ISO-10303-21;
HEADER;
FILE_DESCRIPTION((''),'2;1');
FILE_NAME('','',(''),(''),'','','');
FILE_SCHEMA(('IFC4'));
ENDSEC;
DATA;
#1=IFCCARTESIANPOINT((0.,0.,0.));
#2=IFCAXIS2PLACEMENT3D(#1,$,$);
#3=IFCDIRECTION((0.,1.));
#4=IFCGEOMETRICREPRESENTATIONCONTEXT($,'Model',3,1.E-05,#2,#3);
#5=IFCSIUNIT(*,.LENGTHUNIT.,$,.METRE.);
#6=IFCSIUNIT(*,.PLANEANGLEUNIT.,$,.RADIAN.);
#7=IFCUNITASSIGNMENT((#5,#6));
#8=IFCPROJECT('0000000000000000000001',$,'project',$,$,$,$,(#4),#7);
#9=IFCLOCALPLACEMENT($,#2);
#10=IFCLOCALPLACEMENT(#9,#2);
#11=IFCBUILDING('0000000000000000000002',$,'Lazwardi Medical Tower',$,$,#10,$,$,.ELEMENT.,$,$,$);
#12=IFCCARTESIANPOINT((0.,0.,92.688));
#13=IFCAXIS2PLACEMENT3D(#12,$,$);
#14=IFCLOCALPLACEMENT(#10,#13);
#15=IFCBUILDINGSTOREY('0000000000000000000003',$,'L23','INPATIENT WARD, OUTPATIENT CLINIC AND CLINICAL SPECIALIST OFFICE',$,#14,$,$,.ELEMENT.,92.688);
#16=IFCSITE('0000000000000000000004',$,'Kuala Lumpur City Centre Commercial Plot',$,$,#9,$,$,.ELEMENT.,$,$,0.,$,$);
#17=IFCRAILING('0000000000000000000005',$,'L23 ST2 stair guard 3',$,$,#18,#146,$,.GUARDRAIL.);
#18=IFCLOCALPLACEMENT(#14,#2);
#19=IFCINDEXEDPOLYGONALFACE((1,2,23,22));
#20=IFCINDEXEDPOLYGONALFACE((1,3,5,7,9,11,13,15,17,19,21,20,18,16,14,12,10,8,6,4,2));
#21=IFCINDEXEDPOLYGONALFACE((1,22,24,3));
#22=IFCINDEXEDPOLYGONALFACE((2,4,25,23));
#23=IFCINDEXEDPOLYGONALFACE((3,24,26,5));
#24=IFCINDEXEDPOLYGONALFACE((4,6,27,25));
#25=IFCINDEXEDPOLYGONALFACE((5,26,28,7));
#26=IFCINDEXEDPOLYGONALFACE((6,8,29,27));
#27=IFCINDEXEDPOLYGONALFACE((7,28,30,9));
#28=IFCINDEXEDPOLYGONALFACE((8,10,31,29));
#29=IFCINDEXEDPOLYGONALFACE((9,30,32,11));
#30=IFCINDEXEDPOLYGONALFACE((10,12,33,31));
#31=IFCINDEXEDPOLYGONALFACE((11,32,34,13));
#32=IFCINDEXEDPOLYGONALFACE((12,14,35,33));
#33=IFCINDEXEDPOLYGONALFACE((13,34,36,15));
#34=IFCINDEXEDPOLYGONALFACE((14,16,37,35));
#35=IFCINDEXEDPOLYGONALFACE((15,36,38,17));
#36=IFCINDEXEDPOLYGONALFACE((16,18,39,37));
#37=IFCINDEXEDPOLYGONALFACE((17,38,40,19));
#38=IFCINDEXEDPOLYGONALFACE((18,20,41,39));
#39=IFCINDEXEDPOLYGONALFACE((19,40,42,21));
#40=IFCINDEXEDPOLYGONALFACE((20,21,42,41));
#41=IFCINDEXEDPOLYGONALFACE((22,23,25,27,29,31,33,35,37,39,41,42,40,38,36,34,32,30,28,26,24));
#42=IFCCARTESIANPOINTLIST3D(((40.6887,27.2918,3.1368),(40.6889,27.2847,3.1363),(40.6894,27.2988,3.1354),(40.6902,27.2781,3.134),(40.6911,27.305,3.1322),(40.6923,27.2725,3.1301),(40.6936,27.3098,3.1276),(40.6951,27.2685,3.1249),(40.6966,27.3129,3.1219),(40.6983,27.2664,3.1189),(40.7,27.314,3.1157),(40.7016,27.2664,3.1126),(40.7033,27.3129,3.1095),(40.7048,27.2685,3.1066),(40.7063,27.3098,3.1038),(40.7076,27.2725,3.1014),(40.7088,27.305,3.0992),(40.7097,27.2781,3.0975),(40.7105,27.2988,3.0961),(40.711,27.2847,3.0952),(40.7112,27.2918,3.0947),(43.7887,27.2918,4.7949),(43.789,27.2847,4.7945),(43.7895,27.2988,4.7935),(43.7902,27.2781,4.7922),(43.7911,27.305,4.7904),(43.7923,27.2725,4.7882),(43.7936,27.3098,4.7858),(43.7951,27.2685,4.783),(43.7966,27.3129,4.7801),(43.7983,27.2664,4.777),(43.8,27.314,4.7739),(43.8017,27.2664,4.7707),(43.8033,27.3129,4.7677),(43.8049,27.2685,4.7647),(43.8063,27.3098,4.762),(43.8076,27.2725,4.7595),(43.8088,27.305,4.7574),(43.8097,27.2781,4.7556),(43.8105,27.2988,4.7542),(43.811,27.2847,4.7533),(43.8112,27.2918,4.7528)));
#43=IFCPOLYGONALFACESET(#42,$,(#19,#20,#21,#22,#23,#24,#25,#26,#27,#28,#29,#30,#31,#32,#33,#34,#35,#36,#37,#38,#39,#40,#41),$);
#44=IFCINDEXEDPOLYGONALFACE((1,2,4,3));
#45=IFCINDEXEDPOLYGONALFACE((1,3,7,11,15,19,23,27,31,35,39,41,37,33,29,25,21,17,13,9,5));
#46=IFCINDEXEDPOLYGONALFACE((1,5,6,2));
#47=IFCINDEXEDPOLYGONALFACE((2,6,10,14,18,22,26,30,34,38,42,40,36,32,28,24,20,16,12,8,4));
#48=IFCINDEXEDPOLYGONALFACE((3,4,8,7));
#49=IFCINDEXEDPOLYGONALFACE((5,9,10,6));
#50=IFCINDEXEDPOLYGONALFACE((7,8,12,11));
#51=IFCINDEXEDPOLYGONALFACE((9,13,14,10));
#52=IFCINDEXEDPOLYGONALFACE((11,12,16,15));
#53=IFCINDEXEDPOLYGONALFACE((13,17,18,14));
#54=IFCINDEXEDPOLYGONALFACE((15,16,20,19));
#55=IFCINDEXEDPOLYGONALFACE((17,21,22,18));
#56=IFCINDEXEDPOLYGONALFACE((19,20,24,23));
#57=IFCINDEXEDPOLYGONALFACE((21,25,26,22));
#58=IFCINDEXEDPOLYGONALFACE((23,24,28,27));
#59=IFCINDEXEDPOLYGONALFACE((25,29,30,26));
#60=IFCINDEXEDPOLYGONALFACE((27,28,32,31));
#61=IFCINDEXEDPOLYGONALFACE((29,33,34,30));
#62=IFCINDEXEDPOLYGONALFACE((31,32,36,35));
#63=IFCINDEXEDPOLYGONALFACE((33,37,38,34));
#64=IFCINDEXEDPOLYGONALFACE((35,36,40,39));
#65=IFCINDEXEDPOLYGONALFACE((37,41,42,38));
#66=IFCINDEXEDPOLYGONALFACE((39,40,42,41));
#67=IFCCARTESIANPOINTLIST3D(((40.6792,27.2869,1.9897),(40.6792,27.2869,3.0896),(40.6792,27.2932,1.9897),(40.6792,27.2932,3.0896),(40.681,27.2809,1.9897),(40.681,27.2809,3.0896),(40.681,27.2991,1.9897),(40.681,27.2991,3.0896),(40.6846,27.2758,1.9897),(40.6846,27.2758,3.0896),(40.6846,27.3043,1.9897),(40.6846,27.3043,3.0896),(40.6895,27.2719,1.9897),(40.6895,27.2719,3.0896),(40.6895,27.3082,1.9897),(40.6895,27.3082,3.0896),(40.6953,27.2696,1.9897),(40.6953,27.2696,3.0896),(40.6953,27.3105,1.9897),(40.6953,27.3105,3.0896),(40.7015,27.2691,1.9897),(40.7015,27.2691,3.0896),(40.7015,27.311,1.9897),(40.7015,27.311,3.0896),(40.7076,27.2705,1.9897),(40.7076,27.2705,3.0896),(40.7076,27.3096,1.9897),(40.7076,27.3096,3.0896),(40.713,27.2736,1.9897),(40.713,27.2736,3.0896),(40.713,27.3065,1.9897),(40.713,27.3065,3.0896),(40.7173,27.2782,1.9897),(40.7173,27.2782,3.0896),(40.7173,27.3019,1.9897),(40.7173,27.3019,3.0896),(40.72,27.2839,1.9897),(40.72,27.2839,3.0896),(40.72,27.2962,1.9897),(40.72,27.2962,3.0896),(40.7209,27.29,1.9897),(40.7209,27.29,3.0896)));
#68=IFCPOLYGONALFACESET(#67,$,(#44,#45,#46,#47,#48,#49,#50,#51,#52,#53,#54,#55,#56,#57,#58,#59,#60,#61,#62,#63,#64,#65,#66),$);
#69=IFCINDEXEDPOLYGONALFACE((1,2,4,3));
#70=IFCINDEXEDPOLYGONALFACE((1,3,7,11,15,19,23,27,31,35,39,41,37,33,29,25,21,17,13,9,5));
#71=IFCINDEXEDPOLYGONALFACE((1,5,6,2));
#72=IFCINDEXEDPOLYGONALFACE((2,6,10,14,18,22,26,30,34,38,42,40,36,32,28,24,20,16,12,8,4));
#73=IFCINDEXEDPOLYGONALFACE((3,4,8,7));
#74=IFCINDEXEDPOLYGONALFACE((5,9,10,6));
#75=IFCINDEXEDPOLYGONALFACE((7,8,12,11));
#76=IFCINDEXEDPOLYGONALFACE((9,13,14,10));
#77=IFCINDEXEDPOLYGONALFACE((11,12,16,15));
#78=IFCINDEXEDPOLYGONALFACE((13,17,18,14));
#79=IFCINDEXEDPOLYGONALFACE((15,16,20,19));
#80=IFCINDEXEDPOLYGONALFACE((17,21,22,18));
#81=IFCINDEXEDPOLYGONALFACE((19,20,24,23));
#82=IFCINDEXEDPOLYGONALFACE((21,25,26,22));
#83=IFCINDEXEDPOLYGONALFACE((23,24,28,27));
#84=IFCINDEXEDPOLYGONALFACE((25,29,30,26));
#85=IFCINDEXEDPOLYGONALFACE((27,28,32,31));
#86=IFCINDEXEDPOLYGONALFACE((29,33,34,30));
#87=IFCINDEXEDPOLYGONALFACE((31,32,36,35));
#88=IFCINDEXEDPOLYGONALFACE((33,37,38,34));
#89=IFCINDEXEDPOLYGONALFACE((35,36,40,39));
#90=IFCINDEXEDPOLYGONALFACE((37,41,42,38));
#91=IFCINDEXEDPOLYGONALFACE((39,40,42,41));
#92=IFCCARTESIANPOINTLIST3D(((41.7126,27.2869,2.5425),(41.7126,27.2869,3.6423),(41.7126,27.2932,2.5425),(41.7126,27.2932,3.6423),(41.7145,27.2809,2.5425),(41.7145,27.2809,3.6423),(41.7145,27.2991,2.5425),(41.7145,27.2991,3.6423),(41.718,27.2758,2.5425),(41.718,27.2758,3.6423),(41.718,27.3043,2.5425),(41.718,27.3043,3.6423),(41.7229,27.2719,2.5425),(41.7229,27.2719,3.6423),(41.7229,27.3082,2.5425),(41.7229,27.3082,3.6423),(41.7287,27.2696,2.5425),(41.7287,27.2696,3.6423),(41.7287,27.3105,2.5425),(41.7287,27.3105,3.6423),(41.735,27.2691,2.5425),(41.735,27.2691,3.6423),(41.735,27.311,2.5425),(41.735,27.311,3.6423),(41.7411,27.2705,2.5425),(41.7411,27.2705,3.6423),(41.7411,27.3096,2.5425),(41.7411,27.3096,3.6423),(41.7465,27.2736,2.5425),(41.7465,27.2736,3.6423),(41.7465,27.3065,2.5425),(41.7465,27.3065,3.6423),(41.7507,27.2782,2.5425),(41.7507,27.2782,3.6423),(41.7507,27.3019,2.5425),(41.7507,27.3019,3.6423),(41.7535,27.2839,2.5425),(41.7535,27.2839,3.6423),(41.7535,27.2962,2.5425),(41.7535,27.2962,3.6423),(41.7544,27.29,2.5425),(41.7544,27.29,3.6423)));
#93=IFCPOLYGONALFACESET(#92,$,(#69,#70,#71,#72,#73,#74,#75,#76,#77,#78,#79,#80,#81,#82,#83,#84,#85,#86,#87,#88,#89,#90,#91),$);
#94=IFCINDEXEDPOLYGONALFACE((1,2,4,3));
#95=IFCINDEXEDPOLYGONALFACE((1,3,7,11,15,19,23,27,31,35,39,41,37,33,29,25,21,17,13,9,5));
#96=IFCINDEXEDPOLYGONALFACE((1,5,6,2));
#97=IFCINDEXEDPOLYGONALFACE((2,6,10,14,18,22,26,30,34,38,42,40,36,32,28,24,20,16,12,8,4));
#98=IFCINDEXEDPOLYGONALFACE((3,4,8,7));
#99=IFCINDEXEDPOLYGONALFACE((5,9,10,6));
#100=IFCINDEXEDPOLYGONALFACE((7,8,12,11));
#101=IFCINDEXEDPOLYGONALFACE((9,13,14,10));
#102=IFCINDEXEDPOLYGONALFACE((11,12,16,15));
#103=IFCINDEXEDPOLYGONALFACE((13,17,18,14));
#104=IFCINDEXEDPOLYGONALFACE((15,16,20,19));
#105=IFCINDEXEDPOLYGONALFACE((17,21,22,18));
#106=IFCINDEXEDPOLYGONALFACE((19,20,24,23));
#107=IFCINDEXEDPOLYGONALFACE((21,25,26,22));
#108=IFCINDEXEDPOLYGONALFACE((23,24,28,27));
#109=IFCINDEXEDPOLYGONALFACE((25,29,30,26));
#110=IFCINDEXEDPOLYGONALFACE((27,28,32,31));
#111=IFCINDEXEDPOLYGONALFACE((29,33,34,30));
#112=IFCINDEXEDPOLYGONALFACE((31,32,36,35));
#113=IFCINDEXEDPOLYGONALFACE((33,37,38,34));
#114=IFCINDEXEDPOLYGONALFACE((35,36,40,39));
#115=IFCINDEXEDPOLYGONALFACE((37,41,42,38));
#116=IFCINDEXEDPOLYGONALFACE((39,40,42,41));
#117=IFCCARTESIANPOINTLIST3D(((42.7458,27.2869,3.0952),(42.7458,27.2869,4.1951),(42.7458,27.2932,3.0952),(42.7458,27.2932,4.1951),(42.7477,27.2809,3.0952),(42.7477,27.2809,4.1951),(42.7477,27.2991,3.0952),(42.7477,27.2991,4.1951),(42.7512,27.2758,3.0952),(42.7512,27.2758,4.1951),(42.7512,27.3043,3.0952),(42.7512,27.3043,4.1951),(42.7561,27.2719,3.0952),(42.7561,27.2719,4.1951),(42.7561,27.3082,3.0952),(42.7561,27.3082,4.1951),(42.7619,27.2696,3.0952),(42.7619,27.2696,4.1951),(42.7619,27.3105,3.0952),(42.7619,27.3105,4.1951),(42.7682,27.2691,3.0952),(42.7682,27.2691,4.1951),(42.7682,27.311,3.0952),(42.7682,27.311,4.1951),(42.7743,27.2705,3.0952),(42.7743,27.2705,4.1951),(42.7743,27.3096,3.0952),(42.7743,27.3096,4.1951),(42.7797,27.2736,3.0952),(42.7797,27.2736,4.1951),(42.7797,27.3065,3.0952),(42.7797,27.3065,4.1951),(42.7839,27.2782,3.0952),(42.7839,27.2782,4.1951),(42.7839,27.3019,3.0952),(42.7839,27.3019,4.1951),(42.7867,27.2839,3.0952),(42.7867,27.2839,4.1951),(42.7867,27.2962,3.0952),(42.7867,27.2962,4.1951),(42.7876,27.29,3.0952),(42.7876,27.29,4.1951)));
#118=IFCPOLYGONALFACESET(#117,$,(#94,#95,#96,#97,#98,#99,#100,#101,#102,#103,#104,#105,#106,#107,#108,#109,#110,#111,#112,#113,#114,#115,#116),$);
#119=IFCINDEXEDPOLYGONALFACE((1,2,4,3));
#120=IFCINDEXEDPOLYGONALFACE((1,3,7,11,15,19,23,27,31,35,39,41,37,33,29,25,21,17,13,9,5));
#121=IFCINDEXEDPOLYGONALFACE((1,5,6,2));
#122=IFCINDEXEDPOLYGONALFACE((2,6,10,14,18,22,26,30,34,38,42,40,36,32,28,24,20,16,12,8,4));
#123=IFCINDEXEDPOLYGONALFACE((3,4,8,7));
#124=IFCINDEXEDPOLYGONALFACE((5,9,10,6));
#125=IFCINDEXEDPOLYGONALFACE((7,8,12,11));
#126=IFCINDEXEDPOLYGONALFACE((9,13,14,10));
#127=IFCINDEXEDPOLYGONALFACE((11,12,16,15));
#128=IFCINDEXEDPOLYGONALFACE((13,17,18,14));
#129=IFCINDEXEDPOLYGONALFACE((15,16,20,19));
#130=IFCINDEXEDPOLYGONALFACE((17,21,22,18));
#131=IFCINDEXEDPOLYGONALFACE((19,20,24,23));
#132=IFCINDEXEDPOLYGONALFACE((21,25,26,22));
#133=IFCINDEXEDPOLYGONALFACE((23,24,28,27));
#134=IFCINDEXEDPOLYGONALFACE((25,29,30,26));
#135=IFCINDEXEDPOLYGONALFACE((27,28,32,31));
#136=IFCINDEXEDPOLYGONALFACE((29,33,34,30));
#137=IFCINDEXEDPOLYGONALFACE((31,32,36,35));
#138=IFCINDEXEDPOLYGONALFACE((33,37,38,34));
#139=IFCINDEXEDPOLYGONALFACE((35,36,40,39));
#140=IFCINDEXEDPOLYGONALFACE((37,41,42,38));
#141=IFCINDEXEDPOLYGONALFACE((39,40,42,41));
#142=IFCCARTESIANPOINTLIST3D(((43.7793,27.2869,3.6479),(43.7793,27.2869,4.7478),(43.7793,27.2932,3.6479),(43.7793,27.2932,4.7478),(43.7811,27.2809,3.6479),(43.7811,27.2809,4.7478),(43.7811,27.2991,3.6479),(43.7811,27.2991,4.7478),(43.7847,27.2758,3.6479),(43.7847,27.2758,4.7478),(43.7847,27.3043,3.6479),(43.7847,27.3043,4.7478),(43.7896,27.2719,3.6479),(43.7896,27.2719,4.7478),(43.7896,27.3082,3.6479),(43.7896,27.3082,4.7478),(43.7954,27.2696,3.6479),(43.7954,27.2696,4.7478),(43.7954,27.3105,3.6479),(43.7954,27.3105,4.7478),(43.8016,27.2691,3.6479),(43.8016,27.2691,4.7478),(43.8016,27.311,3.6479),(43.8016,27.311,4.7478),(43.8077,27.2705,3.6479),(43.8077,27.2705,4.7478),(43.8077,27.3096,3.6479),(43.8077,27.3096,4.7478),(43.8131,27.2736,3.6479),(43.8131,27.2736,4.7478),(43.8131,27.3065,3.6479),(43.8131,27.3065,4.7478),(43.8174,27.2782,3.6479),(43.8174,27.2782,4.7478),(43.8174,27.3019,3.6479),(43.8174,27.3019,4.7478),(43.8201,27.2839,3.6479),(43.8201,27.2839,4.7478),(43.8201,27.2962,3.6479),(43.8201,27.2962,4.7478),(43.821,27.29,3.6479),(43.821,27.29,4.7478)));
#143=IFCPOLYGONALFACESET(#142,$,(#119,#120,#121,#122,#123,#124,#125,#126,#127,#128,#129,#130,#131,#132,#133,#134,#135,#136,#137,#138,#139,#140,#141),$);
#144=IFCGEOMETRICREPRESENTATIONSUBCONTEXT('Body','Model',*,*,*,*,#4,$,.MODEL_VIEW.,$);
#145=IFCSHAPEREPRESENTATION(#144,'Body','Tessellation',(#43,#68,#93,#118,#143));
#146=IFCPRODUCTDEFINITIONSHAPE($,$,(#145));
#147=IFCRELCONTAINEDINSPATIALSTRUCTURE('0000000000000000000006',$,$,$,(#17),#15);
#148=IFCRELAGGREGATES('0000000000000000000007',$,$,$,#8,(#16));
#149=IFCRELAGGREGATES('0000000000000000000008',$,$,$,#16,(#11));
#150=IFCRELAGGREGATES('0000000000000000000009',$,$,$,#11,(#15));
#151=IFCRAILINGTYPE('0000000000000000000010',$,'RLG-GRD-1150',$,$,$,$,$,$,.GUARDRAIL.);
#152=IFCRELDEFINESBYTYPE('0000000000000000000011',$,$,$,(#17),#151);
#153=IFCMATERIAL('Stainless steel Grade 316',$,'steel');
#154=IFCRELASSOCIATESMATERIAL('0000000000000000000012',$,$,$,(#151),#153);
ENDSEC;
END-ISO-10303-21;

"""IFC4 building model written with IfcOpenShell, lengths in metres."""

from ifc_helpers import new_model, si_unit, direction, frame, origin, origin_2d, place, context, subcontext, project, spatial, circle, extrude, material, type_object, element, save


model = new_model("IFC4")

# Units and contexts
model_context = context("Model", 3, precision=1e-05, world=origin(), true_north=direction((0.0, 1.0)))
body_context = subcontext(model_context, "Body", "Model", "MODEL_VIEW")
ifc_project = project(units=[si_unit("LENGTHUNIT", "METRE"), si_unit("PLANEANGLEUNIT", "RADIAN")], contexts=[model_context])

# Site, building, storey
site_placement = place(None, origin())
site = spatial("IfcSite", under=ifc_project, at=site_placement, Name="Kuala Lumpur City Centre Commercial Plot", CompositionType="ELEMENT", RefElevation=0.0)
building_placement = place(site_placement, origin())
building = spatial("IfcBuilding", under=site, at=building_placement, Name="Lazwardi Medical Tower", CompositionType="ELEMENT")
storey_placement = place(building_placement, frame((0.0, 0.0, 92.688)))
storey = spatial("IfcBuildingStorey", under=building, at=storey_placement, Name="L23", Description="INPATIENT WARD, OUTPATIENT CLINIC AND CLINICAL SPECIALIST OFFICE", CompositionType="ELEMENT", Elevation=92.688)

# Railing
ifc_material_1 = material(Name="Stainless steel Grade 316", Category="steel")
railing_type_1 = type_object("IfcRailingType", Name="RLG-GRD-1150", PredefinedType="GUARDRAIL", material=ifc_material_1)
railing_1_placement = place(storey_placement, frame((40.7, 27.29, 1.9897)))
element("IfcRailing", 1, at=railing_1_placement, inside=storey, type_object=railing_type_1, Name="L23 ST2 stair guard 3", PredefinedType="GUARDRAIL", context=body_context, shape_type="SweptSolid", body=[
    extrude(circle(Radius=0.0239, at=origin_2d()), frame((0.0, 0.0, 1.126), z_axis=(0.881783, 0.0, 0.471655), x_axis=(0.0, 1.0, 0.0)), (0.0, 0.0, 1.0), 3.5156),
    extrude(circle(Radius=0.021, at=origin_2d()), origin(), (0.0, 0.0, 1.0), 1.0999),
    extrude(circle(Radius=0.021, at=origin_2d()), frame((1.0334, 0.0, 0.5527)), (0.0, 0.0, 1.0), 1.0999),
    extrude(circle(Radius=0.021, at=origin_2d()), frame((2.0667, 0.0, 1.1055)), (0.0, 0.0, 1.0), 1.0999),
    extrude(circle(Radius=0.021, at=origin_2d()), frame((3.1001, 0.0, 1.6582)), (0.0, 0.0, 1.0), 1.0999),
])

save(model, "model.ifc")
